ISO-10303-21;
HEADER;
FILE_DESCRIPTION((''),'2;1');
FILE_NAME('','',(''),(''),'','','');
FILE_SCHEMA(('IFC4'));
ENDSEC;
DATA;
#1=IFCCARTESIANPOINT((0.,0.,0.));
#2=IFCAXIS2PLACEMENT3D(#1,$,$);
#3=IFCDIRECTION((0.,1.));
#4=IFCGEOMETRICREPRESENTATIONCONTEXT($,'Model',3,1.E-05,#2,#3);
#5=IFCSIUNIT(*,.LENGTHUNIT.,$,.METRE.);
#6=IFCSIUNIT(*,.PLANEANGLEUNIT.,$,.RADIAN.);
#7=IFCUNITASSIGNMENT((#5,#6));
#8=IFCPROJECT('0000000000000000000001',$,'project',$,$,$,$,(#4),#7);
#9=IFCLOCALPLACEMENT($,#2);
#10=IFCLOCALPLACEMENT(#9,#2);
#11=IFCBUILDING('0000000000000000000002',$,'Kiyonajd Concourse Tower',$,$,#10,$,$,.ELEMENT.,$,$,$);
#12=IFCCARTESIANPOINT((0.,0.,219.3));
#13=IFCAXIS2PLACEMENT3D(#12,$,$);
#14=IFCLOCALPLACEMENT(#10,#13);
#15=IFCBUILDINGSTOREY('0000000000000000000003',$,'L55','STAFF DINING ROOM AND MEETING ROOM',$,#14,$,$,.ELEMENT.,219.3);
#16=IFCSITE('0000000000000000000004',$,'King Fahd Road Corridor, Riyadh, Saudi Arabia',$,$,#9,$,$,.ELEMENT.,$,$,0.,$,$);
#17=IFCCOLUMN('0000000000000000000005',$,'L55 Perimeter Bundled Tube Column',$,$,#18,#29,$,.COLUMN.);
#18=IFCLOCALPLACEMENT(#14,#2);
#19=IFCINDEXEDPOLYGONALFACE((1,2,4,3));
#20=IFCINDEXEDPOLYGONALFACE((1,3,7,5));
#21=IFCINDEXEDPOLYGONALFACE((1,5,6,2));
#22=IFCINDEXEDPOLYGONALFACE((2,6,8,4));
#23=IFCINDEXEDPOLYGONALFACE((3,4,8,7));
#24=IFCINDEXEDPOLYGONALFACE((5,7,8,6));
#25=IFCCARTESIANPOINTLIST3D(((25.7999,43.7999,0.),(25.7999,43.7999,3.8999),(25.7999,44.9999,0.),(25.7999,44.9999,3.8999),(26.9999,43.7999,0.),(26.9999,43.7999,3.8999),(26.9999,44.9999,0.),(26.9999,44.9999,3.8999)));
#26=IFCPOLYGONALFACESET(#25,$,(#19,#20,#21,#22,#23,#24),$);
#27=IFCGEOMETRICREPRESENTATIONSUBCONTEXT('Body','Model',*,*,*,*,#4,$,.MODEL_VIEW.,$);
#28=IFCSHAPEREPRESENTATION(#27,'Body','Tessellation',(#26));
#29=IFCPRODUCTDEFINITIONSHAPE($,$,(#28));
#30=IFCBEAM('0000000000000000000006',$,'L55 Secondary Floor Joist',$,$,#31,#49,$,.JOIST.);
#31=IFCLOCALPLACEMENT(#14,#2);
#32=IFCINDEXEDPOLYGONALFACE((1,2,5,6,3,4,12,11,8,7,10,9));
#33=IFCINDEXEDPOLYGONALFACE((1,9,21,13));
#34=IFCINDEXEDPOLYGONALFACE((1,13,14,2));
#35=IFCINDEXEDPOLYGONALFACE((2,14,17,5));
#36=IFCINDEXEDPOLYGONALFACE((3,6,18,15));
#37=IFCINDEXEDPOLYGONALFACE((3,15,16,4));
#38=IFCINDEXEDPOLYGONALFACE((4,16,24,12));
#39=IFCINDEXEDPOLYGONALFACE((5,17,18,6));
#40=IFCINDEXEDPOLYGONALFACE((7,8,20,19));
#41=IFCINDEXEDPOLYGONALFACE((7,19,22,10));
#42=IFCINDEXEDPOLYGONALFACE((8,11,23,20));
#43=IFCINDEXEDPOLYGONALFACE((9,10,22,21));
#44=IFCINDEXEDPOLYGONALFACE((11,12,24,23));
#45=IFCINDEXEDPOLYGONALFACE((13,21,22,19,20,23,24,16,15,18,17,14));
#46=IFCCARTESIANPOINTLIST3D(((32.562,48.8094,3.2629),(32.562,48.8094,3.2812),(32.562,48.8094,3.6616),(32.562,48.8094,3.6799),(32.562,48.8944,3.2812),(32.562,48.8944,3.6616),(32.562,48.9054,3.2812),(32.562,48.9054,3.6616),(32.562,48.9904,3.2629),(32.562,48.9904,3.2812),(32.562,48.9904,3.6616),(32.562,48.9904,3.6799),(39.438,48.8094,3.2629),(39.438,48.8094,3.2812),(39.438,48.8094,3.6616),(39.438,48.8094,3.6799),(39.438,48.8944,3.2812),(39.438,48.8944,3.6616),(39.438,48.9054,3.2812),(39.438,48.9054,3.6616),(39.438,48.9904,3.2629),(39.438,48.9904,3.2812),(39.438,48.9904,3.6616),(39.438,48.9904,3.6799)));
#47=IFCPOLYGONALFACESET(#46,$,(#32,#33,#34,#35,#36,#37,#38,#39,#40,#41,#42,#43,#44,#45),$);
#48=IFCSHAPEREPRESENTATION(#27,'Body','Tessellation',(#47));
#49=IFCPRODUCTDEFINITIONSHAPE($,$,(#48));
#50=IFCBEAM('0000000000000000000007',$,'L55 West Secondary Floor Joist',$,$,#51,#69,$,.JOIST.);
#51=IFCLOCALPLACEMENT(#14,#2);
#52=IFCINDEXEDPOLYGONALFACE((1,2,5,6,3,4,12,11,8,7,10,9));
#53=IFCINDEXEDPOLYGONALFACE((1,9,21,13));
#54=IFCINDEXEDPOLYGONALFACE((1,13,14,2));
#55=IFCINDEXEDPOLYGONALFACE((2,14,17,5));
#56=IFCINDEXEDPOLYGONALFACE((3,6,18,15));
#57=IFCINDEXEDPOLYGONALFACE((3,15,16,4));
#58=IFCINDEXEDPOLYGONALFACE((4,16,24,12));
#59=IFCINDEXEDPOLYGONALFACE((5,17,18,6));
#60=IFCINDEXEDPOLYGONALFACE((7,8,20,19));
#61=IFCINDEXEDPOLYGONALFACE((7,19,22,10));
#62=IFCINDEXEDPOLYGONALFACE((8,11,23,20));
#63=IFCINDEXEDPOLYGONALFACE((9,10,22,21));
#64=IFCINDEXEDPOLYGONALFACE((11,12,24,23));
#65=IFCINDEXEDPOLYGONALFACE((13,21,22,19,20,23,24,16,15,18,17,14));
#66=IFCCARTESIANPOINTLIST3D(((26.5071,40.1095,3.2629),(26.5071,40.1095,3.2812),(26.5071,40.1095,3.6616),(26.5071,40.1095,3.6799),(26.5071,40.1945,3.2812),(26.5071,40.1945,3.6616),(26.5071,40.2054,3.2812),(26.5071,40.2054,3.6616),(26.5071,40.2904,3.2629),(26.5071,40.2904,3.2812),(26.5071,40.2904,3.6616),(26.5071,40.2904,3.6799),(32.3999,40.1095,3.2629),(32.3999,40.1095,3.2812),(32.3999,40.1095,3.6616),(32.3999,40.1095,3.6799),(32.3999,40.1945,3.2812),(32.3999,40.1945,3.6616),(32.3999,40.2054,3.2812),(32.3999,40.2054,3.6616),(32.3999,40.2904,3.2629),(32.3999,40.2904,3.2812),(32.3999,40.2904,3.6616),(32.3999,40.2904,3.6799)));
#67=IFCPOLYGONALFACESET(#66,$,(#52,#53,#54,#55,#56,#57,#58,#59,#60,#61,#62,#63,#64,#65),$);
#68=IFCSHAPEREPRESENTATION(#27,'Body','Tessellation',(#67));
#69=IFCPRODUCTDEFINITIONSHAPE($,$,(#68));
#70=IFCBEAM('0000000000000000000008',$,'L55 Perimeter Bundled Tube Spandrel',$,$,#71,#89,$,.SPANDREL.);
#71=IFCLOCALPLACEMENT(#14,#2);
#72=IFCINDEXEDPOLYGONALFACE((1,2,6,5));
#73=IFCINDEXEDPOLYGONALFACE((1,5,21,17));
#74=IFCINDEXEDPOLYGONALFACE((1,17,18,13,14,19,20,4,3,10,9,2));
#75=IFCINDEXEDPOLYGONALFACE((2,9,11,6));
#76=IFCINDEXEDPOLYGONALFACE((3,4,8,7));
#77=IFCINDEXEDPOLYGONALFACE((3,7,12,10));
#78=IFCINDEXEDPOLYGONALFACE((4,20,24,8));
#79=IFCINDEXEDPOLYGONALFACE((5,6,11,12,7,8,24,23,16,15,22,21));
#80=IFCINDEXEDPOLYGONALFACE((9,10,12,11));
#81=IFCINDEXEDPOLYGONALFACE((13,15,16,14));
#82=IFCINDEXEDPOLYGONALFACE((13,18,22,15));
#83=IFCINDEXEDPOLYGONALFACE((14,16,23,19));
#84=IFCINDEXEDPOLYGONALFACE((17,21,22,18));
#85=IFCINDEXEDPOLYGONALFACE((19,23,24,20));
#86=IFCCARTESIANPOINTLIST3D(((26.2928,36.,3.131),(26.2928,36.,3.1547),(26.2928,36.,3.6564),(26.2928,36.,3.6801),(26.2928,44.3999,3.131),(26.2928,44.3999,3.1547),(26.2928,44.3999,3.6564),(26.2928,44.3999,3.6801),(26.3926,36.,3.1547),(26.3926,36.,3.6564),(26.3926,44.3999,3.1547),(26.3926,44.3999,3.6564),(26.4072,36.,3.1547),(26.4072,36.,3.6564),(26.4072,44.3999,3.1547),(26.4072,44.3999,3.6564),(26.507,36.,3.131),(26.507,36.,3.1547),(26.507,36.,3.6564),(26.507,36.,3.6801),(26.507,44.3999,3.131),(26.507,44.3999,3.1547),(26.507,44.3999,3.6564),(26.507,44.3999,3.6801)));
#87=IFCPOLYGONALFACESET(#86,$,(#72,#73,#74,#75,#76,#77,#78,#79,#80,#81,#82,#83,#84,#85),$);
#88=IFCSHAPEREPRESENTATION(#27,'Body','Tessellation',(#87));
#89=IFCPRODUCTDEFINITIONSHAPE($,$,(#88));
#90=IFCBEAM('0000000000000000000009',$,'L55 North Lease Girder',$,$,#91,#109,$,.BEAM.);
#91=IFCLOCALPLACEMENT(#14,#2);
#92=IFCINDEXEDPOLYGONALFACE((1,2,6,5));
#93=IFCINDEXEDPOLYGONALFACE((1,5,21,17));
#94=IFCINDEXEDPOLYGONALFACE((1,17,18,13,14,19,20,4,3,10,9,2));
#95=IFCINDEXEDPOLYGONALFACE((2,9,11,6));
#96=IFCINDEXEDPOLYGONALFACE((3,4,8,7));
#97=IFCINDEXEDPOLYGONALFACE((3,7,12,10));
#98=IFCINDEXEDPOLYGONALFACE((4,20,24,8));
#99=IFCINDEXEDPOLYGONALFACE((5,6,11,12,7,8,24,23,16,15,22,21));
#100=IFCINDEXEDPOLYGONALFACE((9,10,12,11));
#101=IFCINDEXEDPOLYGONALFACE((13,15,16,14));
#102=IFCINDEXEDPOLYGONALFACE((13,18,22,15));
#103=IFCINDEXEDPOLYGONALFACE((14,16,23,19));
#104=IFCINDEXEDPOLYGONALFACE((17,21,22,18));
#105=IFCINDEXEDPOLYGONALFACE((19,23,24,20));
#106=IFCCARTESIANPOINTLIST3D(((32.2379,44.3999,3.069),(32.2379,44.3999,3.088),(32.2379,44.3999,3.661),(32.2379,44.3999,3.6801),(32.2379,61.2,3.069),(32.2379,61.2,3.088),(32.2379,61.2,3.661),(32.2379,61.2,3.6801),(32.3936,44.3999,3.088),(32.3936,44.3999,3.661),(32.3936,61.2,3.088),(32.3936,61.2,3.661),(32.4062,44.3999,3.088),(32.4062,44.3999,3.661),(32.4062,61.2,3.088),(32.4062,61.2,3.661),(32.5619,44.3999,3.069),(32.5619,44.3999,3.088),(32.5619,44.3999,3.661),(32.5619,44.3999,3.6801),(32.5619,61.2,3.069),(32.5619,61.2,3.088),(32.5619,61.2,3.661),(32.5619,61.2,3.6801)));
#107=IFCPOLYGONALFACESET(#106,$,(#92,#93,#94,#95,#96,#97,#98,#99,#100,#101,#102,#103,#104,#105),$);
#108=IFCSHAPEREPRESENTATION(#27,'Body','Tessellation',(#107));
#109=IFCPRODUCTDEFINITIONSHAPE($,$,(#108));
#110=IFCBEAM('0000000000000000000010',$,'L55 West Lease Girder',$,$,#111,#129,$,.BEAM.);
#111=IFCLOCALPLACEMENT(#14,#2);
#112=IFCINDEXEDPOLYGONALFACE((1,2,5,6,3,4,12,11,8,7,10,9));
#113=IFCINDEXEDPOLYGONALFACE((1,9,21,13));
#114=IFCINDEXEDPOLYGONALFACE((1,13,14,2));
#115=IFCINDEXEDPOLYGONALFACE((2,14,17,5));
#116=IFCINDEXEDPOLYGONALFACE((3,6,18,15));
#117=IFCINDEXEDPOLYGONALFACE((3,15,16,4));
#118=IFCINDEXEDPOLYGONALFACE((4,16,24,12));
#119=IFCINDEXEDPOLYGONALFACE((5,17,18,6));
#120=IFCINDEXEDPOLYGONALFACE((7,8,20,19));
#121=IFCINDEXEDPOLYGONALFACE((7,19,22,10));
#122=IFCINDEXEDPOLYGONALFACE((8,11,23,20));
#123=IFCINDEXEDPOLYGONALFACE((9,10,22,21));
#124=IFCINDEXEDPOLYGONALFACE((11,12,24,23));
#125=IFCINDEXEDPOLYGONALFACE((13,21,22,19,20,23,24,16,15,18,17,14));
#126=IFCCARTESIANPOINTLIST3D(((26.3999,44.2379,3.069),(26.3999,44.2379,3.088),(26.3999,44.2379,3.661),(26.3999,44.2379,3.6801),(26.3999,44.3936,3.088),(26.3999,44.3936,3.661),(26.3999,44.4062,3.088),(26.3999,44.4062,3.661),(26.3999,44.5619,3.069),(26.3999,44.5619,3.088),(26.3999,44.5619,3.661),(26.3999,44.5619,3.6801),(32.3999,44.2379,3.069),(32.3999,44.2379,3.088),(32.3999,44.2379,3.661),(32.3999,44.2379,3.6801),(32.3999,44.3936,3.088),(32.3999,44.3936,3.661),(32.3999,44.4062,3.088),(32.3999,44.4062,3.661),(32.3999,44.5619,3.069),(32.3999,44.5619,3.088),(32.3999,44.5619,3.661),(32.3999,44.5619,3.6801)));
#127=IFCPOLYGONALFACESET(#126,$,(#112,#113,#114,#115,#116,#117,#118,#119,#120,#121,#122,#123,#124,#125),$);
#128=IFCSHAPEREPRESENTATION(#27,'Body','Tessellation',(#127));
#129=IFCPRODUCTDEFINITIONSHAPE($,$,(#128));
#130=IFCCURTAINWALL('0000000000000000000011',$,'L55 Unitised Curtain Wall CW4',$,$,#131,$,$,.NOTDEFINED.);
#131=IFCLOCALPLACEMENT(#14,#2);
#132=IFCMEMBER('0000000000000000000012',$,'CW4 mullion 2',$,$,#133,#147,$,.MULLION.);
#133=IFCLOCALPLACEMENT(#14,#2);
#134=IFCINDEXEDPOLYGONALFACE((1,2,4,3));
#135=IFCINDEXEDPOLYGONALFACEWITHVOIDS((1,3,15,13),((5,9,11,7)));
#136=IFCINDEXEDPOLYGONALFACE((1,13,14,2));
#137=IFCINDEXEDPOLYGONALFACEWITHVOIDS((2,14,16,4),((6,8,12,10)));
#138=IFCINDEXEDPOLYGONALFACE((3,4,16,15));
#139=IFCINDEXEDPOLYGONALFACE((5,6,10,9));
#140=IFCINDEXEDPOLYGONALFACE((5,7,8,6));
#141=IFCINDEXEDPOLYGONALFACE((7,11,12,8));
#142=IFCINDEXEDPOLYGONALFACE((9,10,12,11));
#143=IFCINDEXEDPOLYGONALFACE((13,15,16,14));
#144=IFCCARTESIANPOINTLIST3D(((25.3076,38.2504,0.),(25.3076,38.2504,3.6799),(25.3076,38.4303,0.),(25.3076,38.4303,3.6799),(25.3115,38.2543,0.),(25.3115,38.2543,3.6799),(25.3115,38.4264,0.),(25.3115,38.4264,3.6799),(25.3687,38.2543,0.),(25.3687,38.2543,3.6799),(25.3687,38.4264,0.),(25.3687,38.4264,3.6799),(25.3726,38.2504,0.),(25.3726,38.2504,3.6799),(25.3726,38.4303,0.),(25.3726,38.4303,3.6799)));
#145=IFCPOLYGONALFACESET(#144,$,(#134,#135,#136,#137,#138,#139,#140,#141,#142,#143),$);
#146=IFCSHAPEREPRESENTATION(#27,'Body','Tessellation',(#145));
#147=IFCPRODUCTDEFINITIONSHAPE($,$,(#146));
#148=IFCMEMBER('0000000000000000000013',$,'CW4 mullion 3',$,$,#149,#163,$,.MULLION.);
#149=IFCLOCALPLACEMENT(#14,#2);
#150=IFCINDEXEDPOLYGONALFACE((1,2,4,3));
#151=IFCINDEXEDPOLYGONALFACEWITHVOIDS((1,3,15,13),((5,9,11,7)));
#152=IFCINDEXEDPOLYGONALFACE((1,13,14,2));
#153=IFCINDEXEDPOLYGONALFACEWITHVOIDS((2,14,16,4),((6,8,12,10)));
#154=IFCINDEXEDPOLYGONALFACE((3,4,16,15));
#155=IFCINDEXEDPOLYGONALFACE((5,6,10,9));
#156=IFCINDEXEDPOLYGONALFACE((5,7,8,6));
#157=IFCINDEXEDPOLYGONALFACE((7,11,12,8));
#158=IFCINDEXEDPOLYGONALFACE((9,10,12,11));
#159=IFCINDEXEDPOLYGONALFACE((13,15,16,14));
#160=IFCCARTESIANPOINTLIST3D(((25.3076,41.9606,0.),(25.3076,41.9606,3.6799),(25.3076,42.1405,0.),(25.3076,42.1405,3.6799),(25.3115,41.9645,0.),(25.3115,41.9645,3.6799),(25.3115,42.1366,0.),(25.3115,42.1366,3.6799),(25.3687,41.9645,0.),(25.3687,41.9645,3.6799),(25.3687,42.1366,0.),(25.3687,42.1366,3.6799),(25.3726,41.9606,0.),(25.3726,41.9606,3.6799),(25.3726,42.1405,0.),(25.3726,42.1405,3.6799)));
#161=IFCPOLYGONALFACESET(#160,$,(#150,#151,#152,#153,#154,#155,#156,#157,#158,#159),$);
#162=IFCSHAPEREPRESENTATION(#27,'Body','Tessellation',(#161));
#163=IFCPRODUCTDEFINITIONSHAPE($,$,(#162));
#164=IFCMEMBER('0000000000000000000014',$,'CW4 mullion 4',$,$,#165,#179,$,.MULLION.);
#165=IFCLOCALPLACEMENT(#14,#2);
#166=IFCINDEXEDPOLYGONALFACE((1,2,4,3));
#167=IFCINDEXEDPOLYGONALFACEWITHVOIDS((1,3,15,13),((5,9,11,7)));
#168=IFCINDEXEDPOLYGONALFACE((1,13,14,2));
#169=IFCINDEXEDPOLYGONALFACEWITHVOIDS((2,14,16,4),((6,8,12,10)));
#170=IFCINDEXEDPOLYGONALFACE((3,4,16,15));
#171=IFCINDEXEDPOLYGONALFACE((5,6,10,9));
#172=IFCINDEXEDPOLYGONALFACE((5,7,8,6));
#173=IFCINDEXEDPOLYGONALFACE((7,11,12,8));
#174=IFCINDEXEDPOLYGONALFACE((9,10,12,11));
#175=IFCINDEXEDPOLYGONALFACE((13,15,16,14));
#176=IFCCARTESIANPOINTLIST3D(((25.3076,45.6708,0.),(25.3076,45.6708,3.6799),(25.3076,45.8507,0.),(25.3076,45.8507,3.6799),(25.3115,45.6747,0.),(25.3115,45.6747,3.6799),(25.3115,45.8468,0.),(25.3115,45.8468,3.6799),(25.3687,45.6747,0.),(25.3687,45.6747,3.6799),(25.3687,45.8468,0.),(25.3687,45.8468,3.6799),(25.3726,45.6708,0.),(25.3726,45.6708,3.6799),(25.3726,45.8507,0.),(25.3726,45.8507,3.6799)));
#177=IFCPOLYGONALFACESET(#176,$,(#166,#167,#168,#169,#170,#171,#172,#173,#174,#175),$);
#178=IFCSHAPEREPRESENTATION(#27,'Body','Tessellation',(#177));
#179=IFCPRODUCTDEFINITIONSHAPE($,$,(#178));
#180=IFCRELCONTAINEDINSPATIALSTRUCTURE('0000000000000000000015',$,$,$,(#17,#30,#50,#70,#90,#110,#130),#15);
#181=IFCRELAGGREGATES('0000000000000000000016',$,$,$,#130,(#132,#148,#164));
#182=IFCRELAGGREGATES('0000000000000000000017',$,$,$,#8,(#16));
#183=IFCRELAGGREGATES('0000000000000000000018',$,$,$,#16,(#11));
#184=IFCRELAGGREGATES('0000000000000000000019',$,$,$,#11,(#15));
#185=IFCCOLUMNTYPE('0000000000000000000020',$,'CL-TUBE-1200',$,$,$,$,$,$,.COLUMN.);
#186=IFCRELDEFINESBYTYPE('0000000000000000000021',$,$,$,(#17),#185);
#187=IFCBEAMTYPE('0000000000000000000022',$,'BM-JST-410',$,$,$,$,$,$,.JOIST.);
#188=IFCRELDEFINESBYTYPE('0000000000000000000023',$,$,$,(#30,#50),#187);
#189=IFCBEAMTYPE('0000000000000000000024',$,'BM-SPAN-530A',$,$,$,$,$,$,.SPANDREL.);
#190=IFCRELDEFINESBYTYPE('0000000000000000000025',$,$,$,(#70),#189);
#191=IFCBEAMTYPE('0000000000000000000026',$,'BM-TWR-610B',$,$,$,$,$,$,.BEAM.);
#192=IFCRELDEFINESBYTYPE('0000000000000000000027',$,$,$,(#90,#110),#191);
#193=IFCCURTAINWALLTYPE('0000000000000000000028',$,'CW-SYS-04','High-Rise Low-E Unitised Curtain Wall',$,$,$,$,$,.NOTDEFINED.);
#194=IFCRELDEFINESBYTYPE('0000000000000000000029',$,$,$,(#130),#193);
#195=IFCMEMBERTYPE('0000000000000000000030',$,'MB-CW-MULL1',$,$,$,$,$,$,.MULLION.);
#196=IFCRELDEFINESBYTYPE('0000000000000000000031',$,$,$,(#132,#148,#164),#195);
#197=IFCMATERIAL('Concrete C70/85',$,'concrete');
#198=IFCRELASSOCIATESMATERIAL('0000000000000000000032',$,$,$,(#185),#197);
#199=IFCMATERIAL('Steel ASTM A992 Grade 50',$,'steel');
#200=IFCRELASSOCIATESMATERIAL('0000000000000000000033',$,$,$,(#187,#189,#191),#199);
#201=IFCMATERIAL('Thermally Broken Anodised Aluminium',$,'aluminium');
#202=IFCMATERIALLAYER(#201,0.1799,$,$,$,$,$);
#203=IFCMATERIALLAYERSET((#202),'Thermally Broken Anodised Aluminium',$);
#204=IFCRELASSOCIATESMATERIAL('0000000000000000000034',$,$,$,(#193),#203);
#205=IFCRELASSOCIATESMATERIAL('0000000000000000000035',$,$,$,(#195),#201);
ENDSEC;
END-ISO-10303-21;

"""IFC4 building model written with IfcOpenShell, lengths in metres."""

from ifc_helpers import new_model, si_unit, direction, frame, origin, origin_2d, place, context, subcontext, project, spatial, rectangle, hollow_rectangle, i_section, extrude, material, layer, layer_set, material_profile, profile_set, type_object, element, aggregate, save


model = new_model("IFC4")

# Units and contexts
model_context = context("Model", 3, precision=1e-05, world=origin(), true_north=direction((0.0, 1.0)))
body_context = subcontext(model_context, "Body", "Model", "MODEL_VIEW")
ifc_project = project(units=[si_unit("LENGTHUNIT", "METRE"), si_unit("PLANEANGLEUNIT", "RADIAN")], contexts=[model_context])

# Site, building, storey
site_placement = place(None, origin())
site = spatial("IfcSite", under=ifc_project, at=site_placement, Name="King Fahd Road Corridor, Riyadh, Saudi Arabia", CompositionType="ELEMENT", RefElevation=0.0)
building_placement = place(site_placement, origin())
building = spatial("IfcBuilding", under=site, at=building_placement, Name="Kiyonajd Concourse Tower", CompositionType="ELEMENT")
storey_placement = place(building_placement, frame((0.0, 0.0, 219.3)))
storey = spatial("IfcBuildingStorey", under=building, at=storey_placement, Name="L55", Description="STAFF DINING ROOM AND MEETING ROOM", CompositionType="ELEMENT", Elevation=219.3)

# Column
ifc_material_1 = material(Name="Concrete C70/85", Category="concrete")
ifc_material_profile_1 = material_profile(ifc_material_1, rectangle(XDim=1.2, YDim=1.2, at=origin_2d()), Name="RC-1200x1200")
ifc_profile_set_1 = profile_set([ifc_material_profile_1], Name="Concrete C70/85")
column_type = type_object("IfcColumnType", Name="CL-TUBE-1200", PredefinedType="COLUMN", material=ifc_profile_set_1)
column_placement = place(storey_placement, frame((26.3999, 44.3999, 0.0), z_axis=(0.0, 0.0, 1.0), x_axis=(1.0, 0.0, 0.0)))
element("IfcColumn", 1, at=column_placement, inside=storey, type_object=column_type, Name="L55 Perimeter Bundled Tube Column", PredefinedType="COLUMN", context=body_context, shape_type="SweptSolid", body=[
    extrude(rectangle(XDim=1.2, YDim=1.2, at=origin_2d()), origin(), (0.0, 0.0, 1.0), 3.8999),
])

# Beams
ifc_material_2 = material(Name="Steel ASTM A992 Grade 50", Category="steel")
ifc_material_profile_2 = material_profile(ifc_material_2, i_section(OverallWidth=0.1809, OverallDepth=0.417, WebThickness=0.011, FlangeThickness=0.0183, at=origin_2d()), Name="W410X85")
ifc_profile_set_2 = profile_set([ifc_material_profile_2], Name="Steel ASTM A992 Grade 50")
beam_type_1 = type_object("IfcBeamType", Name="BM-JST-410", PredefinedType="JOIST", material=ifc_profile_set_2)
beam_1_placement = place(storey_placement, frame((32.562, 48.8999, 3.4714), z_axis=(1.0, 0.0, 0.0), x_axis=(0.0, 1.0, 0.0)))
element("IfcBeam", 2, at=beam_1_placement, inside=storey, type_object=beam_type_1, Name="L55 Secondary Floor Joist", PredefinedType="JOIST", context=body_context, shape_type="SweptSolid", body=[
    extrude(i_section(OverallWidth=0.1809, OverallDepth=0.417, WebThickness=0.011, FlangeThickness=0.0183, at=origin_2d()), origin(), (0.0, 0.0, 1.0), 6.876),
])
beam_2_placement = place(storey_placement, frame((26.5071, 40.2, 3.4714), z_axis=(1.0, 0.0, 0.0), x_axis=(0.0, 1.0, 0.0)))
element("IfcBeam", 3, at=beam_2_placement, inside=storey, type_object=beam_type_1, Name="L55 West Secondary Floor Joist", PredefinedType="JOIST", context=body_context, shape_type="SweptSolid", body=[
    extrude(i_section(OverallWidth=0.1809, OverallDepth=0.417, WebThickness=0.011, FlangeThickness=0.0183, at=origin_2d()), origin(), (0.0, 0.0, 1.0), 5.8928),
])
ifc_material_profile_3 = material_profile(ifc_material_2, i_section(OverallWidth=0.2141, OverallDepth=0.5491, WebThickness=0.0146, FlangeThickness=0.0237, at=origin_2d()), Name="W530X138")
ifc_profile_set_3 = profile_set([ifc_material_profile_3], Name="Steel ASTM A992 Grade 50")
beam_type_2 = type_object("IfcBeamType", Name="BM-SPAN-530A", PredefinedType="SPANDREL", material=ifc_profile_set_3)
beam_3_placement = place(storey_placement, frame((26.3999, 44.3999, 3.4055), z_axis=(0.0, -1.0, 0.0), x_axis=(1.0, 0.0, 0.0)))
element("IfcBeam", 4, at=beam_3_placement, inside=storey, type_object=beam_type_2, Name="L55 Perimeter Bundled Tube Spandrel", PredefinedType="SPANDREL", context=body_context, shape_type="SweptSolid", body=[
    extrude(i_section(OverallWidth=0.2141, OverallDepth=0.5491, WebThickness=0.0146, FlangeThickness=0.0237, at=origin_2d()), origin(), (0.0, 0.0, 1.0), 8.3999),
])
ifc_material_profile_4 = material_profile(ifc_material_2, i_section(OverallWidth=0.324, OverallDepth=0.6111, WebThickness=0.0127, FlangeThickness=0.019, at=origin_2d()), Name="W610X155")
ifc_profile_set_4 = profile_set([ifc_material_profile_4], Name="Steel ASTM A992 Grade 50")
beam_type_3 = type_object("IfcBeamType", Name="BM-TWR-610B", PredefinedType="BEAM", material=ifc_profile_set_4)
beam_4_placement = place(storey_placement, frame((32.3999, 44.3999, 3.3745), z_axis=(0.0, 1.0, 0.0), x_axis=(-1.0, 0.0, 0.0)))
element("IfcBeam", 5, at=beam_4_placement, inside=storey, type_object=beam_type_3, Name="L55 North Lease Girder", PredefinedType="BEAM", context=body_context, shape_type="SweptSolid", body=[
    extrude(i_section(OverallWidth=0.324, OverallDepth=0.6111, WebThickness=0.0127, FlangeThickness=0.019, at=origin_2d()), origin(), (0.0, 0.0, 1.0), 16.8),
])
beam_5_placement = place(storey_placement, frame((26.3999, 44.3999, 3.3745), z_axis=(1.0, 0.0, 0.0), x_axis=(0.0, 1.0, 0.0)))
element("IfcBeam", 6, at=beam_5_placement, inside=storey, type_object=beam_type_3, Name="L55 West Lease Girder", PredefinedType="BEAM", context=body_context, shape_type="SweptSolid", body=[
    extrude(i_section(OverallWidth=0.324, OverallDepth=0.6111, WebThickness=0.0127, FlangeThickness=0.019, at=origin_2d()), origin(), (0.0, 0.0, 1.0), 6.0),
])

# Curtain wall, members
ifc_material_3 = material(Name="Thermally Broken Anodised Aluminium", Category="aluminium")
ifc_layer_1 = layer(ifc_material_3, 0.1799)
ifc_layer_set_1 = layer_set([ifc_layer_1], Name="Thermally Broken Anodised Aluminium")
curtain_wall_type = type_object("IfcCurtainWallType", Name="CW-SYS-04", Description="High-Rise Low-E Unitised Curtain Wall", PredefinedType="NOTDEFINED", material=ifc_layer_set_1)
curtain_wall_placement = place(storey_placement, origin())
curtain_wall = element("IfcCurtainWall", 7, at=curtain_wall_placement, inside=storey, type_object=curtain_wall_type, Name="L55 Unitised Curtain Wall CW4", PredefinedType="NOTDEFINED")
ifc_material_profile_5 = material_profile(ifc_material_3, hollow_rectangle(XDim=0.0649, YDim=0.1799, WallThickness=0.0039, at=origin_2d()), Name="MULL-65x180")
ifc_profile_set_5 = profile_set([ifc_material_profile_5], Name="Thermally Broken Anodised Aluminium")
member_type_1 = type_object("IfcMemberType", Name="MB-CW-MULL1", PredefinedType="MULLION", material=ifc_profile_set_5)
member_1_placement = place(storey_placement, frame((25.3401, 38.3403, 0.0), z_axis=(0.0, 0.0, 1.0), x_axis=(-1.0, 0.0, 0.0)))
member_1 = element("IfcMember", 8, at=member_1_placement, type_object=member_type_1, Name="CW4 mullion 2", PredefinedType="MULLION", context=body_context, shape_type="SweptSolid", body=[
    extrude(hollow_rectangle(XDim=0.0649, YDim=0.1799, WallThickness=0.0039, at=origin_2d()), origin(), (0.0, 0.0, 1.0), 3.6799),
])
member_2_placement = place(storey_placement, frame((25.3401, 42.0505, 0.0), z_axis=(0.0, 0.0, 1.0), x_axis=(-1.0, 0.0, 0.0)))
member_2 = element("IfcMember", 9, at=member_2_placement, type_object=member_type_1, Name="CW4 mullion 3", PredefinedType="MULLION", context=body_context, shape_type="SweptSolid", body=[
    extrude(hollow_rectangle(XDim=0.0649, YDim=0.1799, WallThickness=0.0039, at=origin_2d()), origin(), (0.0, 0.0, 1.0), 3.6799),
])
member_3_placement = place(storey_placement, frame((25.3401, 45.7607, 0.0), z_axis=(0.0, 0.0, 1.0), x_axis=(-1.0, 0.0, 0.0)))
member_3 = element("IfcMember", 10, at=member_3_placement, type_object=member_type_1, Name="CW4 mullion 4", PredefinedType="MULLION", context=body_context, shape_type="SweptSolid", body=[
    extrude(hollow_rectangle(XDim=0.0649, YDim=0.1799, WallThickness=0.0039, at=origin_2d()), origin(), (0.0, 0.0, 1.0), 3.6799),
])
aggregate(curtain_wall, [member_1, member_2, member_3])

save(model, "model.ifc")
